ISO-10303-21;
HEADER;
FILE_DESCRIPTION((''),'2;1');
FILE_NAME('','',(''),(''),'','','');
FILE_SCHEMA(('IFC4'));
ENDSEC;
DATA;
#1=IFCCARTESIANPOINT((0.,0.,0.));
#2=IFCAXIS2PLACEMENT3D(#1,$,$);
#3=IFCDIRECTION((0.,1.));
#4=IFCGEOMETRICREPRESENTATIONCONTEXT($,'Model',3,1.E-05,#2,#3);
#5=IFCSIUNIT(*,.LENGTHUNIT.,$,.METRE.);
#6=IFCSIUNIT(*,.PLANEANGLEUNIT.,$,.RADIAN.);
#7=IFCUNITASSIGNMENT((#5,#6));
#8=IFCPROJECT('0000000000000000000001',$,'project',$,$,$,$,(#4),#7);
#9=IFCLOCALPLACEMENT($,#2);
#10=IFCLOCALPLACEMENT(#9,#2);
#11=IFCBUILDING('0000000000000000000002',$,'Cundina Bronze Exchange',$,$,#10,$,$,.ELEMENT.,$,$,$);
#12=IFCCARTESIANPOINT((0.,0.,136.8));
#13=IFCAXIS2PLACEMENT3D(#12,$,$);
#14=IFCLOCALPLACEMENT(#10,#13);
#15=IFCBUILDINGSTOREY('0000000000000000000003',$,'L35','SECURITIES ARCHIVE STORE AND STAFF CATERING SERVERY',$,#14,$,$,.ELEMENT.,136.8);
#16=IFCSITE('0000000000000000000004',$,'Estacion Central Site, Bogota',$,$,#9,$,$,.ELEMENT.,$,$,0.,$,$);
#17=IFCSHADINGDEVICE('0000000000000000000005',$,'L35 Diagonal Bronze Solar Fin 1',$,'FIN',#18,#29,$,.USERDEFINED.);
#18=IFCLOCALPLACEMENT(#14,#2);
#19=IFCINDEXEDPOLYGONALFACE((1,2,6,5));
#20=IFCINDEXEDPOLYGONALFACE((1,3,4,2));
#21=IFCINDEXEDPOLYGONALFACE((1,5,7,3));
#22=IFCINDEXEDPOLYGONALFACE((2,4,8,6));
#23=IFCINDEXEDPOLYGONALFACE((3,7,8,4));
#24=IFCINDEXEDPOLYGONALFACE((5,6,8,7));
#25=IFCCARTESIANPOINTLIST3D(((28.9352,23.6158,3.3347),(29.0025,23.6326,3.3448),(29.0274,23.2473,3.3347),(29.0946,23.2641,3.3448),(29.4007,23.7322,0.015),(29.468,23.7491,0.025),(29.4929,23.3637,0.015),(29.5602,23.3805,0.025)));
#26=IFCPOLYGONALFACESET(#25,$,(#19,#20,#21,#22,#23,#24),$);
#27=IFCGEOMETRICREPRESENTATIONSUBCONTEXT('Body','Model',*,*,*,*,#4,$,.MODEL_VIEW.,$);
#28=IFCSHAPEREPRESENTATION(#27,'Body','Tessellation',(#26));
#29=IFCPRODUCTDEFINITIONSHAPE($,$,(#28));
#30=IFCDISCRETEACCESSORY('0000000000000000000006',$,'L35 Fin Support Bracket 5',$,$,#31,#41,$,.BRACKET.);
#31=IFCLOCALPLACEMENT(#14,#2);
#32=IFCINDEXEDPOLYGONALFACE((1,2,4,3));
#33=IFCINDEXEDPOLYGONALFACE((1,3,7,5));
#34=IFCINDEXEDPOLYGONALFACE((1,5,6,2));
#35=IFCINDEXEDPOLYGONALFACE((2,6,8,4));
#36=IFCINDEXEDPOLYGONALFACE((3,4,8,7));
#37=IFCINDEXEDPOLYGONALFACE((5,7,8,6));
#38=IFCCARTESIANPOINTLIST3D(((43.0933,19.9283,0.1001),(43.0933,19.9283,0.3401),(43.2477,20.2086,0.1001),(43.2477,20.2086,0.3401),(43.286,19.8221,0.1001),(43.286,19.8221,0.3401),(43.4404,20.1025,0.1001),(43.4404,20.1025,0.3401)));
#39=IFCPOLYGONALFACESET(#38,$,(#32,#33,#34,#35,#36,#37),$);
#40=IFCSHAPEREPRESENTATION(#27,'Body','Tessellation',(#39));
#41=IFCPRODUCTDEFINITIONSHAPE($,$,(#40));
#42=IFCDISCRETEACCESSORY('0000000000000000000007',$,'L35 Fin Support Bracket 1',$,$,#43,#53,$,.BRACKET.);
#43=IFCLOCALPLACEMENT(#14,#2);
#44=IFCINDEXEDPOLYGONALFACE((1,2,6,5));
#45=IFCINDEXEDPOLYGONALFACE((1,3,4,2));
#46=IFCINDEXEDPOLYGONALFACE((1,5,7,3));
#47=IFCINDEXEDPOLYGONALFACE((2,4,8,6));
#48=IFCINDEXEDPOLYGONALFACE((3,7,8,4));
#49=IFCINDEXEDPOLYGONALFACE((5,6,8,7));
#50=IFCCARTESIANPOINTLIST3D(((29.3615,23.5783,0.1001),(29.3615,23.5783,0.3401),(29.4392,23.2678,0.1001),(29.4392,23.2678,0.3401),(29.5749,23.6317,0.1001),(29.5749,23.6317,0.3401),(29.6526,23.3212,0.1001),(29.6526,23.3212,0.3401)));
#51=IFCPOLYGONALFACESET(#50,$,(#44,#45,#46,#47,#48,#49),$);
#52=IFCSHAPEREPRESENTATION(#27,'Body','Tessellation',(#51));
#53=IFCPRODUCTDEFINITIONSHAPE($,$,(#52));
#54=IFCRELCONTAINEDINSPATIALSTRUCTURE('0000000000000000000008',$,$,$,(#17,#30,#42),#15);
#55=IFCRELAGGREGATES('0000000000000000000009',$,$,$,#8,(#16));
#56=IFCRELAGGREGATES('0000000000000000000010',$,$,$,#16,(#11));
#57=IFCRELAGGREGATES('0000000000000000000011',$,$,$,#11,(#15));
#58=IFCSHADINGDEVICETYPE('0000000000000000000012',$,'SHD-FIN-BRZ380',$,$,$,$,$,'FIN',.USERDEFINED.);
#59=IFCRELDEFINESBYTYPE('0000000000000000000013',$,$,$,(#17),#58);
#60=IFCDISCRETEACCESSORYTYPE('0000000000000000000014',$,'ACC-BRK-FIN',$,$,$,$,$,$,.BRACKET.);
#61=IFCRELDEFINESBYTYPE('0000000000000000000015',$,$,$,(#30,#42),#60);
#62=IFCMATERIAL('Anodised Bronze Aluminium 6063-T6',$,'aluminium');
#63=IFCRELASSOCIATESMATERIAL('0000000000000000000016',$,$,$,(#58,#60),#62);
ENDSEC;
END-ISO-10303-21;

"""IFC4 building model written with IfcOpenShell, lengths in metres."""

from ifc_helpers import new_model, si_unit, direction, frame, origin, origin_2d, place, context, subcontext, project, spatial, rectangle, extrude, material, material_profile, profile_set, type_object, element, save


model = new_model("IFC4")

# Units and contexts
model_context = context("Model", 3, precision=1e-05, world=origin(), true_north=direction((0.0, 1.0)))
body_context = subcontext(model_context, "Body", "Model", "MODEL_VIEW")
ifc_project = project(units=[si_unit("LENGTHUNIT", "METRE"), si_unit("PLANEANGLEUNIT", "RADIAN")], contexts=[model_context])

# Site, building, storey
site_placement = place(None, origin())
site = spatial("IfcSite", under=ifc_project, at=site_placement, Name="Estacion Central Site, Bogota", CompositionType="ELEMENT", RefElevation=0.0)
building_placement = place(site_placement, origin())
building = spatial("IfcBuilding", under=site, at=building_placement, Name="Cundina Bronze Exchange", CompositionType="ELEMENT")
storey_placement = place(building_placement, frame((0.0, 0.0, 136.8)))
storey = spatial("IfcBuildingStorey", under=building, at=storey_placement, Name="L35", Description="SECURITIES ARCHIVE STORE AND STAFF CATERING SERVERY", CompositionType="ELEMENT", Elevation=136.8)

# Shared definitions
ifc_material_1 = material(Name="Anodised Bronze Aluminium 6063-T6", Category="aluminium")

# Shading device
ifc_material_profile_1 = material_profile(ifc_material_1, rectangle(XDim=0.0701, YDim=0.3799, at=origin_2d()), Name="FIN70X380", Category="aluminium")
ifc_profile_set_1 = profile_set([ifc_material_profile_1], Name="Anodised Bronze Aluminium 6063-T6")
shading_device_type = type_object("IfcShadingDeviceType", Name="SHD-FIN-BRZ380", ElementType="FIN", PredefinedType="USERDEFINED", material=ifc_profile_set_1)
for number, where, z_axis, x_axis, name in (
    (1, (29.4805, 23.5564, 0.02), (-0.138798, -0.034718, 0.989712), (0.960132, 0.240159, 0.143075), "L35 Diagonal Bronze Solar Fin 1"),
):
    element("IfcShadingDevice", number, at=place(storey_placement, frame(where, z_axis=z_axis, x_axis=x_axis)), inside=storey, type_object=shading_device_type, Name=name, ObjectType="FIN", PredefinedType="USERDEFINED", context=body_context, shape_type="SweptSolid", body=[
        extrude(rectangle(XDim=0.0701, YDim=0.3799, at=origin_2d()), origin(), (0.0, 0.0, 1.0), 3.3542),
    ])

# Discrete accessories
discrete_accessory_type = type_object("IfcDiscreteAccessoryType", Name="ACC-BRK-FIN", PredefinedType="BRACKET", material=ifc_material_1)
for number, where, z_axis, x_axis, name in (
    (2, (43.2668, 20.0154, 0.1001), (0.0, 0.0, 1.0), (-0.875869, 0.482549, 0.0), "L35 Fin Support Bracket 5"),
    (3, (29.5071, 23.4497, 0.1001), (0.0, 0.0, 1.0), (-0.970093, -0.242735, 0.0), "L35 Fin Support Bracket 1"),
):
    element("IfcDiscreteAccessory", number, at=place(storey_placement, frame(where, z_axis=z_axis, x_axis=x_axis)), inside=storey, type_object=discrete_accessory_type, Name=name, PredefinedType="BRACKET", context=body_context, shape_type="SweptSolid", body=[
        extrude(rectangle(XDim=0.22, YDim=0.3201, at=origin_2d()), origin(), (0.0, 0.0, 1.0), 0.24),
    ])

save(model, "model.ifc")
